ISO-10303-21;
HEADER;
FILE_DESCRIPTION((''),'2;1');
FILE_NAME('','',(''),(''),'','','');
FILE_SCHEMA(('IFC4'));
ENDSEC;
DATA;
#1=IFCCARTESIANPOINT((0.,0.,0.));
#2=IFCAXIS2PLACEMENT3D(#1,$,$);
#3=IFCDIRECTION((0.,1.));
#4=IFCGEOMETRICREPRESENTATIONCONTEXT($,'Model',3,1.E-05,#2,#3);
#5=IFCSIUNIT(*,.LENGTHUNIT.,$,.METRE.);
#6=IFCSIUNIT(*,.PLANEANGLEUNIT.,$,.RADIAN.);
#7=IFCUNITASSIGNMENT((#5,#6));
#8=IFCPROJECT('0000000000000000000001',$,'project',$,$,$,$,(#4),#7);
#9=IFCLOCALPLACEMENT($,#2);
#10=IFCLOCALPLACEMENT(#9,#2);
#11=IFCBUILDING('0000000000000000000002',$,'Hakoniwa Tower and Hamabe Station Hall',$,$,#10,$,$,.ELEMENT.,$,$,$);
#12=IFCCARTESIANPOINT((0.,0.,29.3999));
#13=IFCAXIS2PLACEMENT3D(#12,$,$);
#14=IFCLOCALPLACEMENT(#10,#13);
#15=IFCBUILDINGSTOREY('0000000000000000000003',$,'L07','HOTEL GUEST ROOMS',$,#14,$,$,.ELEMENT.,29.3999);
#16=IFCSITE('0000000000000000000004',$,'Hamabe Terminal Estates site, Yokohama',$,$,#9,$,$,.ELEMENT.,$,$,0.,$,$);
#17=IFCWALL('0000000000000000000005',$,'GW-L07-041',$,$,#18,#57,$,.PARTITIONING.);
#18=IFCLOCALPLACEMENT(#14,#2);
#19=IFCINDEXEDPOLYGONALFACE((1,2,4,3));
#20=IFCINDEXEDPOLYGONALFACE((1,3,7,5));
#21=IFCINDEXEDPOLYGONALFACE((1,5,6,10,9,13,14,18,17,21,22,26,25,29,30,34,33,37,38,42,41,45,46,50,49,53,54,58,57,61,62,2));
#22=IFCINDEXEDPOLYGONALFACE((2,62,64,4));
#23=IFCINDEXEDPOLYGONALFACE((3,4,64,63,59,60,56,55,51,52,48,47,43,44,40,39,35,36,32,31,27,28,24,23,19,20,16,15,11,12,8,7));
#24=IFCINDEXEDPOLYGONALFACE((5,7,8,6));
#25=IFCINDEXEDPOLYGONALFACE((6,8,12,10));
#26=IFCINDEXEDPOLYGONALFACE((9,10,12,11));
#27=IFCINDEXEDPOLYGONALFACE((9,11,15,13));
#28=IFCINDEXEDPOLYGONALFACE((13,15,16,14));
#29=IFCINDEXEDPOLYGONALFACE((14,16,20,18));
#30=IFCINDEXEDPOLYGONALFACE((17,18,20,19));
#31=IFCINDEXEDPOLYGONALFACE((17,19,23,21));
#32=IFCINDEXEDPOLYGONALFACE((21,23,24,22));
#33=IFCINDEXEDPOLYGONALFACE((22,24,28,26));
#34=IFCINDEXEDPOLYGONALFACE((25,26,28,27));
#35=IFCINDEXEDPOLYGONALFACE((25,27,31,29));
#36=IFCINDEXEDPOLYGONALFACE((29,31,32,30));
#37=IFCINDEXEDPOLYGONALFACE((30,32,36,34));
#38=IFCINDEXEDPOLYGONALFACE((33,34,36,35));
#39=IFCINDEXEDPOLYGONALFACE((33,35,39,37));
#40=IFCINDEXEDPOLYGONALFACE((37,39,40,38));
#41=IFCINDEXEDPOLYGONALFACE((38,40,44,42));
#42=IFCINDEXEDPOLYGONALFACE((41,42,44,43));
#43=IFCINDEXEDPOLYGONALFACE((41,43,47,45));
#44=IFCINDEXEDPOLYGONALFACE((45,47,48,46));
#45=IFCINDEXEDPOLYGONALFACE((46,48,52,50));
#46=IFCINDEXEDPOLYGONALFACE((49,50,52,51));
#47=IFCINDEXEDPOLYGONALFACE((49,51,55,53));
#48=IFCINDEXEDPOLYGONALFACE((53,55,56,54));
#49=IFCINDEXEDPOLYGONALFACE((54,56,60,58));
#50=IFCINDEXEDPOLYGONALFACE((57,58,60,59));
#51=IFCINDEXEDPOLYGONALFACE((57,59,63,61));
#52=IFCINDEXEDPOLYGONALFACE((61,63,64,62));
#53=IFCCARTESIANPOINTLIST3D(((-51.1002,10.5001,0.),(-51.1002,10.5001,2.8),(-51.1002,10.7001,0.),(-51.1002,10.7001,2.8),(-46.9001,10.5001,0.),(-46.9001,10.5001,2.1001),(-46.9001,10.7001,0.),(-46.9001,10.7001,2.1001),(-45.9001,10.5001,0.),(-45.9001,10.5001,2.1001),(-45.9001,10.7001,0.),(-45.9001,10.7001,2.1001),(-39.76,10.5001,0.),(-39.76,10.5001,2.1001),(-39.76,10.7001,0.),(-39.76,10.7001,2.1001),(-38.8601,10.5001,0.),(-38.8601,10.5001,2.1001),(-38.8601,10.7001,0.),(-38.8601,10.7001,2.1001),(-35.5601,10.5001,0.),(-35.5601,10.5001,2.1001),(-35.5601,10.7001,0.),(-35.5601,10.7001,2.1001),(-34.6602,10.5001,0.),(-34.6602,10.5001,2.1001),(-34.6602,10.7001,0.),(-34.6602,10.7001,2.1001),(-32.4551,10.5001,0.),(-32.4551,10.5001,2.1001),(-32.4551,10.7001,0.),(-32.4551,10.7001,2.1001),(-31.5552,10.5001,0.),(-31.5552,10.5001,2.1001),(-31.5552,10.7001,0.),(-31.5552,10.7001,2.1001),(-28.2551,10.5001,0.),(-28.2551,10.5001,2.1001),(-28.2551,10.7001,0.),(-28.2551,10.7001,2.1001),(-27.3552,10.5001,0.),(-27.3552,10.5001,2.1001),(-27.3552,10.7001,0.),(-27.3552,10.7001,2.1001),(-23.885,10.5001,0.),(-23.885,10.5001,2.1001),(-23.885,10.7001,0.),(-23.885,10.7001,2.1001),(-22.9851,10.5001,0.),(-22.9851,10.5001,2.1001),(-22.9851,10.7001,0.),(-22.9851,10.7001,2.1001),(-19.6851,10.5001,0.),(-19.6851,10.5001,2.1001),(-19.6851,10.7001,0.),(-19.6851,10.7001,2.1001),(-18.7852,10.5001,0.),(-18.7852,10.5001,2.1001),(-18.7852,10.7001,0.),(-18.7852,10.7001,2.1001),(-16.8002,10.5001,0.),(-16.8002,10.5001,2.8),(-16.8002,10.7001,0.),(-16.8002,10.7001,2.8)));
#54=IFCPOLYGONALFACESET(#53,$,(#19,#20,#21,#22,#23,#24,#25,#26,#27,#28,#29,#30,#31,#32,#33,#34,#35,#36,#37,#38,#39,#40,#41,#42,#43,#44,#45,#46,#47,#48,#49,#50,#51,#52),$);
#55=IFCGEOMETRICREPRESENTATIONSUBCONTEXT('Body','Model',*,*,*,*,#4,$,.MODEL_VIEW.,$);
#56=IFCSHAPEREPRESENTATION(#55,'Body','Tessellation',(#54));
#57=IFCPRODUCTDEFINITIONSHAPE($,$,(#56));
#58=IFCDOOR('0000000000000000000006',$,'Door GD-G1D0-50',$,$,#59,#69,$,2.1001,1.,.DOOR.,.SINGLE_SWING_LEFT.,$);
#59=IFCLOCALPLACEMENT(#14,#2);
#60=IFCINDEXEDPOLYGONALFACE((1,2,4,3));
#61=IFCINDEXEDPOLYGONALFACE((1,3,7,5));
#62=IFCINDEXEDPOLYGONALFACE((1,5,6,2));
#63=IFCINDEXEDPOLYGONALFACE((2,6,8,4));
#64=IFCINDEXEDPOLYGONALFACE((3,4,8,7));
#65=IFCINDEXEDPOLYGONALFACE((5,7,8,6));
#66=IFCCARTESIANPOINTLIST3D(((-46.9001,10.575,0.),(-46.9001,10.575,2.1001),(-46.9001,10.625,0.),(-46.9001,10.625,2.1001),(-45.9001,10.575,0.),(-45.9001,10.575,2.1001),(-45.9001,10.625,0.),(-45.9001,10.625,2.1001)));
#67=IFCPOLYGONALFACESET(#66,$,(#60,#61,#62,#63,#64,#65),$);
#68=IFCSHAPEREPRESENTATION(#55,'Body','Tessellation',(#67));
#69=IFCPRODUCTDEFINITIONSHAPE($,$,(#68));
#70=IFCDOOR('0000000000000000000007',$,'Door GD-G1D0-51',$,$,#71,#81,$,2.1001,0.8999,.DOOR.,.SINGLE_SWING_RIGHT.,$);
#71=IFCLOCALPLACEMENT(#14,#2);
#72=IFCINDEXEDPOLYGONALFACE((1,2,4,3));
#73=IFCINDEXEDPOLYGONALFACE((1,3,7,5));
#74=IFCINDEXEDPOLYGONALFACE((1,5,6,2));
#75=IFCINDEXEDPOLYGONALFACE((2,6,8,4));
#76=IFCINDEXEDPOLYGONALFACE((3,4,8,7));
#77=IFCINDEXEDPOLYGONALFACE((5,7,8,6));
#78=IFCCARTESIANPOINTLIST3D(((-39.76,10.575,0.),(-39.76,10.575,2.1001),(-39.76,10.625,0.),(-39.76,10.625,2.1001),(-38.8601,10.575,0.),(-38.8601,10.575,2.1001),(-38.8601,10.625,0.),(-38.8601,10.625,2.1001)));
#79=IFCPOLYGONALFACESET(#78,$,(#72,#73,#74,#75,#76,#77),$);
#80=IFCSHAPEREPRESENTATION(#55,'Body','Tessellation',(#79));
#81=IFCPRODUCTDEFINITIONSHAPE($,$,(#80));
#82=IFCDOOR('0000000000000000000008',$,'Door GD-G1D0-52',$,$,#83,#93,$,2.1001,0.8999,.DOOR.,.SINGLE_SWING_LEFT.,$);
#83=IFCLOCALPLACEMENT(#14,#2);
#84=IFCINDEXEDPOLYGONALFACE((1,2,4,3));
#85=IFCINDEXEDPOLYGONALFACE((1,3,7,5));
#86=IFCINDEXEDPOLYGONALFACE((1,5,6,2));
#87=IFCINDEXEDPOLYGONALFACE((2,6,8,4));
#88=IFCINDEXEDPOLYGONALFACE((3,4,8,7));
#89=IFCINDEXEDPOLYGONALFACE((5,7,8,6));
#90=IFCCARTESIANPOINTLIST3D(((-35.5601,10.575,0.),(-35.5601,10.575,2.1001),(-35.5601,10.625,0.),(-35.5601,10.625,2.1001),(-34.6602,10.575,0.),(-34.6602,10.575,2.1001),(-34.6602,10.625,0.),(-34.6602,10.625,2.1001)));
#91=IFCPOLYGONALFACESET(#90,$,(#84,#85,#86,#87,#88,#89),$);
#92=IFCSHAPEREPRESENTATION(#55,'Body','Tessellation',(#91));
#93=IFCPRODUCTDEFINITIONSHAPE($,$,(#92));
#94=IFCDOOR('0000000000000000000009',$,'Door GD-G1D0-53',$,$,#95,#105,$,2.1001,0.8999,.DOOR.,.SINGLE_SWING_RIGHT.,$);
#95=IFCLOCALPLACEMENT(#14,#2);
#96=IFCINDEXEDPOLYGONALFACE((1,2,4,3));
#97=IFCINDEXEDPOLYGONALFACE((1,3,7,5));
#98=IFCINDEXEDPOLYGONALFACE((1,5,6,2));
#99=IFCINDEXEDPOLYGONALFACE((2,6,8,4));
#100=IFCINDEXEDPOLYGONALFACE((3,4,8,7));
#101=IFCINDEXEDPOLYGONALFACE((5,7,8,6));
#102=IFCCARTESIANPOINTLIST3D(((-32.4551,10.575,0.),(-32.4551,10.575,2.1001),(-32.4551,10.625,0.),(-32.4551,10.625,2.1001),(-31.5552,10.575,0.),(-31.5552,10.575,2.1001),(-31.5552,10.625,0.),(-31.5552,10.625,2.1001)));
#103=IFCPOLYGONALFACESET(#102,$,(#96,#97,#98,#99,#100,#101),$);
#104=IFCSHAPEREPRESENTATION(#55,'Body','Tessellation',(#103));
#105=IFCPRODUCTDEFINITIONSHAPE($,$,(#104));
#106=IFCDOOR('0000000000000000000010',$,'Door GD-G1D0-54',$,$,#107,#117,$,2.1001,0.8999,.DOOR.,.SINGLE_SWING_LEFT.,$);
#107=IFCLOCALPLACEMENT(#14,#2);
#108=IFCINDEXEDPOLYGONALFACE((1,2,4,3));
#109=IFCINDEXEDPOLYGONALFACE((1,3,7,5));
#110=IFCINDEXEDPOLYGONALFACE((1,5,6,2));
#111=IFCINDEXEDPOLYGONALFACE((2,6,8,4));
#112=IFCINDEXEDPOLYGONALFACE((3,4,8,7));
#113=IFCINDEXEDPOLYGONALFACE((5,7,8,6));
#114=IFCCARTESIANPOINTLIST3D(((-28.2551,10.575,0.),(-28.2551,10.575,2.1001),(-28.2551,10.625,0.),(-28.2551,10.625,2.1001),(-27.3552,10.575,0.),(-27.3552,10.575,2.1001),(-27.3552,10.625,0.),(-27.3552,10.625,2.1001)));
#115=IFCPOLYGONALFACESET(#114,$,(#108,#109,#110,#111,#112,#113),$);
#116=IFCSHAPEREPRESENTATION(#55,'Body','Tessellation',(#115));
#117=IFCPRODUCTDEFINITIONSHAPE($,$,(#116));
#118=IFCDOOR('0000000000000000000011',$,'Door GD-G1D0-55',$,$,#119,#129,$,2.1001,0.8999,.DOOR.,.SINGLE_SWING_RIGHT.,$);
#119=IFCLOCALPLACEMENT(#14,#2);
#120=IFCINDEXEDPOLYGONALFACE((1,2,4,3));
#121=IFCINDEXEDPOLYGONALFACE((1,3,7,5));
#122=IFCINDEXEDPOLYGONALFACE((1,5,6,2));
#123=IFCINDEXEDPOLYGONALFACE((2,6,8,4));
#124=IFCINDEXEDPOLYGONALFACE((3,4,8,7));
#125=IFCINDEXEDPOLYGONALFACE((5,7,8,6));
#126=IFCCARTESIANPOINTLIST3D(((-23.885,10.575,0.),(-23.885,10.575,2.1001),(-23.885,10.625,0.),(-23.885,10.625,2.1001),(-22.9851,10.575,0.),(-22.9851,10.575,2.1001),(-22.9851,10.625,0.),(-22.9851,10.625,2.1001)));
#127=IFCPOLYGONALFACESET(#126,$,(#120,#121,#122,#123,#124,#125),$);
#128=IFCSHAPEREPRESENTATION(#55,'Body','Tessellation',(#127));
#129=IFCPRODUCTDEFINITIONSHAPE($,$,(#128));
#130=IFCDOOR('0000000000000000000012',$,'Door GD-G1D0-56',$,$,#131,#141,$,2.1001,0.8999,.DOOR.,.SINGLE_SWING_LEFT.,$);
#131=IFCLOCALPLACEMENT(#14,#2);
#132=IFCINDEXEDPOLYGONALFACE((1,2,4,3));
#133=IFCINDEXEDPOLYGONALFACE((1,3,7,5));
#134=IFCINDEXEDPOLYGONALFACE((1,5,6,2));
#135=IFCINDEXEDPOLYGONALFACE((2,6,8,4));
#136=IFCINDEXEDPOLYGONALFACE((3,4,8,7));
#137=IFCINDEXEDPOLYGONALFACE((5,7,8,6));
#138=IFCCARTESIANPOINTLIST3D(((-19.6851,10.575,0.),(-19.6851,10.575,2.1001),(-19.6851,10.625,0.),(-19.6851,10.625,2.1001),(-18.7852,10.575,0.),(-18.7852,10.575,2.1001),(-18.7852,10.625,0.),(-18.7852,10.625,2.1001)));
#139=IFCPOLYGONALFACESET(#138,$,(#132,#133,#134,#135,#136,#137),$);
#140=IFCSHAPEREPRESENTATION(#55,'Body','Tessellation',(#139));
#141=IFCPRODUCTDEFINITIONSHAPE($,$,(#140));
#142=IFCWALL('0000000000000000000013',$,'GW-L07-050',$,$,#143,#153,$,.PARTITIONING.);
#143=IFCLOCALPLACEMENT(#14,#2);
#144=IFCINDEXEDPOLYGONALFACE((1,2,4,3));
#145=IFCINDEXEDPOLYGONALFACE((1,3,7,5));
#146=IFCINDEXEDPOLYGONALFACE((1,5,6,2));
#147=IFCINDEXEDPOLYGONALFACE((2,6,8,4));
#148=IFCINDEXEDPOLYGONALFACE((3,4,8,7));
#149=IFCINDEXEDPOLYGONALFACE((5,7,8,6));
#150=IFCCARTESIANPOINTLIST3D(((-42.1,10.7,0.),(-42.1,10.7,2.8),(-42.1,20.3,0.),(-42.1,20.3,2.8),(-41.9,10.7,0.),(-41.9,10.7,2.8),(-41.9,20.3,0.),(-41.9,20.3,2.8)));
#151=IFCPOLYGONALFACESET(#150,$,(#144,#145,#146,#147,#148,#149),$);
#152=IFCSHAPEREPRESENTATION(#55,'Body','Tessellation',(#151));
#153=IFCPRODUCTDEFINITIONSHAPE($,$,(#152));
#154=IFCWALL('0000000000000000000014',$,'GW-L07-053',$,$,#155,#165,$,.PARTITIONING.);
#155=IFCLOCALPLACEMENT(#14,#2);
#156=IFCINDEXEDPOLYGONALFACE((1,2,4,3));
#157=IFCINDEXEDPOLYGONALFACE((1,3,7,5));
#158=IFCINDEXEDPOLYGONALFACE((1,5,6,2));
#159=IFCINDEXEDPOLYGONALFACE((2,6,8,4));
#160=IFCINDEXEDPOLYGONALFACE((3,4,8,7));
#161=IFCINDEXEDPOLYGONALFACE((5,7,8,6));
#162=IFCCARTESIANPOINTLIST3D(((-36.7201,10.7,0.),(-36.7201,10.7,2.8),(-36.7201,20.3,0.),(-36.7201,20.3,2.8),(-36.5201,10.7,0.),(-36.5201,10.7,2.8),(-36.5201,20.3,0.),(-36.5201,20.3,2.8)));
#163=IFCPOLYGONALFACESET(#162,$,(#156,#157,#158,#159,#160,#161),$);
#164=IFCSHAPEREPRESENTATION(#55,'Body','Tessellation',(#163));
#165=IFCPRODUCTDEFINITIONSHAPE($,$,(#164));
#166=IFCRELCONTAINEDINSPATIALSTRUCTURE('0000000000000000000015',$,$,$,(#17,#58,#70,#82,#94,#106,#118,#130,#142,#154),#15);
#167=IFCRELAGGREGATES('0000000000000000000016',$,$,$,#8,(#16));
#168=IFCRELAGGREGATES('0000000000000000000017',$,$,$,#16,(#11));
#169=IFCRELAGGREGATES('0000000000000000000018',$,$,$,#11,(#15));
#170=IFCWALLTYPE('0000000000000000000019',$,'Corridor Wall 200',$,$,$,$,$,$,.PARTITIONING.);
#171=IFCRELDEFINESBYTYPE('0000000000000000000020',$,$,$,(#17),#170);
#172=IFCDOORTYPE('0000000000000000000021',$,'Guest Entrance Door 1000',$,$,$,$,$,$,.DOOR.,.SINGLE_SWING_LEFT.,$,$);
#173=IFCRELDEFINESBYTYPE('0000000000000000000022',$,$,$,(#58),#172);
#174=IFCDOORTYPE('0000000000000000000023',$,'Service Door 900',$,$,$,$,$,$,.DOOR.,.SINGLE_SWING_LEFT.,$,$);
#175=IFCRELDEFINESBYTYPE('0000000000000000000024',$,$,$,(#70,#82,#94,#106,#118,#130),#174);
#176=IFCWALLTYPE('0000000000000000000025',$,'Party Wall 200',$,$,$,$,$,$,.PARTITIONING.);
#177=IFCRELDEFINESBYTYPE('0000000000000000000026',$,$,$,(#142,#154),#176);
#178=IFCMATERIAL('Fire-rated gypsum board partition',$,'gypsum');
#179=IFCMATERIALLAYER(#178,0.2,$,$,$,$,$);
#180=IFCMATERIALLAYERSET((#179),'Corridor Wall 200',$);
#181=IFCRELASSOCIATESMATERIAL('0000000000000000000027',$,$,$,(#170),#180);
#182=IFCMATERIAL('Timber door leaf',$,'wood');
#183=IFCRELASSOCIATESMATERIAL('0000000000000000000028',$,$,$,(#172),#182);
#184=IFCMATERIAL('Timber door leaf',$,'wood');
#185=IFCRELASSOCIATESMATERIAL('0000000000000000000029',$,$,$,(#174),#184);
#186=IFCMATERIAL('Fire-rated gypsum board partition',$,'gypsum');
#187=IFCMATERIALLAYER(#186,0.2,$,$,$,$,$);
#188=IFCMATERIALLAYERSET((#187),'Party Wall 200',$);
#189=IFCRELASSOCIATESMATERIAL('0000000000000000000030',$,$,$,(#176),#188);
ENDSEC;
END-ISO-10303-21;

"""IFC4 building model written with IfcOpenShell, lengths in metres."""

from ifc_helpers import new_model, si_unit, direction, frame, frame_2d, origin, place, context, subcontext, project, spatial, rectangle, extrude, material, layer, layer_set, type_object, element, fill, save


model = new_model("IFC4")

# Units and contexts
model_context = context("Model", 3, precision=1e-05, world=origin(), true_north=direction((0.0, 1.0)))
body_context = subcontext(model_context, "Body", "Model", "MODEL_VIEW")
ifc_project = project(units=[si_unit("LENGTHUNIT", "METRE"), si_unit("PLANEANGLEUNIT", "RADIAN")], contexts=[model_context])

# Site, building, storey
site_placement = place(None, origin())
site = spatial("IfcSite", under=ifc_project, at=site_placement, Name="Hamabe Terminal Estates site, Yokohama", CompositionType="ELEMENT", RefElevation=0.0)
building_placement = place(site_placement, origin())
building = spatial("IfcBuilding", under=site, at=building_placement, Name="Hakoniwa Tower and Hamabe Station Hall", CompositionType="ELEMENT")
storey_placement = place(building_placement, frame((0.0, 0.0, 29.3999)))
storey = spatial("IfcBuildingStorey", under=building, at=storey_placement, Name="L07", Description="HOTEL GUEST ROOMS", CompositionType="ELEMENT", Elevation=29.3999)

# Shared definitions
ifc_material_1 = material(Name="Fire-rated gypsum board partition", Category="gypsum")
ifc_layer_1 = layer(ifc_material_1, 0.2)
ifc_layer_set_1 = layer_set([ifc_layer_1], Name="Corridor Wall 200")
wall_type_1 = type_object("IfcWallType", Name="Corridor Wall 200", PredefinedType="PARTITIONING", material=ifc_layer_set_1)

# Wall, openings, doors
wall_1_placement = place(storey_placement, frame((-51.1001, 10.6001, 0.0), z_axis=(0.0, 0.0, 1.0), x_axis=(1.0, 0.0, 0.0)))
wall_1 = element("IfcWall", 1, at=wall_1_placement, inside=storey, type_object=wall_type_1, Name="GW-L07-041", PredefinedType="PARTITIONING", context=body_context, shape_type="SweptSolid", body=[
    extrude(rectangle(XDim=34.3, YDim=0.2, at=frame_2d((17.1499, 0.0))), origin(), (0.0, 0.0, 1.0), 2.8),
])
opening_1_placement = place(wall_1_placement, frame((4.2, 0.0, 0.0)))
opening_1 = element("IfcOpeningElement", 2, at=opening_1_placement, cuts=wall_1, PredefinedType="OPENING", context=body_context, shape_type="SweptSolid", body=[
    extrude(rectangle(XDim=1.0, YDim=2.1001, at=frame_2d((0.5, 1.05))), frame((0.0, 0.1099, 0.0), z_axis=(0.0, -1.0, 0.0), x_axis=(1.0, 0.0, 0.0)), (0.0, 0.0, 1.0), 0.22),
])
opening_2_placement = place(wall_1_placement, frame((11.3401, 0.0, 0.0)))
opening_2 = element("IfcOpeningElement", 3, at=opening_2_placement, cuts=wall_1, PredefinedType="OPENING", context=body_context, shape_type="SweptSolid", body=[
    extrude(rectangle(XDim=0.8999, YDim=2.1001, at=frame_2d((0.45, 1.05))), frame((0.0, 0.1099, 0.0), z_axis=(0.0, -1.0, 0.0), x_axis=(1.0, 0.0, 0.0)), (0.0, 0.0, 1.0), 0.22),
])
opening_3_placement = place(wall_1_placement, frame((15.54, 0.0, 0.0)))
opening_3 = element("IfcOpeningElement", 4, at=opening_3_placement, cuts=wall_1, PredefinedType="OPENING", context=body_context, shape_type="SweptSolid", body=[
    extrude(rectangle(XDim=0.8999, YDim=2.1001, at=frame_2d((0.45, 1.05))), frame((0.0, 0.1099, 0.0), z_axis=(0.0, -1.0, 0.0), x_axis=(1.0, 0.0, 0.0)), (0.0, 0.0, 1.0), 0.22),
])
opening_4_placement = place(wall_1_placement, frame((18.645, 0.0, 0.0)))
opening_4 = element("IfcOpeningElement", 5, at=opening_4_placement, cuts=wall_1, PredefinedType="OPENING", context=body_context, shape_type="SweptSolid", body=[
    extrude(rectangle(XDim=0.8999, YDim=2.1001, at=frame_2d((0.45, 1.05))), frame((0.0, 0.1099, 0.0), z_axis=(0.0, -1.0, 0.0), x_axis=(1.0, 0.0, 0.0)), (0.0, 0.0, 1.0), 0.22),
])
opening_5_placement = place(wall_1_placement, frame((22.845, 0.0, 0.0)))
opening_5 = element("IfcOpeningElement", 6, at=opening_5_placement, cuts=wall_1, PredefinedType="OPENING", context=body_context, shape_type="SweptSolid", body=[
    extrude(rectangle(XDim=0.8999, YDim=2.1001, at=frame_2d((0.45, 1.05))), frame((0.0, 0.1099, 0.0), z_axis=(0.0, -1.0, 0.0), x_axis=(1.0, 0.0, 0.0)), (0.0, 0.0, 1.0), 0.22),
])
opening_6_placement = place(wall_1_placement, frame((27.2151, 0.0, 0.0)))
opening_6 = element("IfcOpeningElement", 7, at=opening_6_placement, cuts=wall_1, PredefinedType="OPENING", context=body_context, shape_type="SweptSolid", body=[
    extrude(rectangle(XDim=0.8999, YDim=2.1001, at=frame_2d((0.45, 1.05))), frame((0.0, 0.1099, 0.0), z_axis=(0.0, -1.0, 0.0), x_axis=(1.0, 0.0, 0.0)), (0.0, 0.0, 1.0), 0.22),
])
opening_7_placement = place(wall_1_placement, frame((31.415, 0.0, 0.0)))
opening_7 = element("IfcOpeningElement", 8, at=opening_7_placement, cuts=wall_1, PredefinedType="OPENING", context=body_context, shape_type="SweptSolid", body=[
    extrude(rectangle(XDim=0.8999, YDim=2.1001, at=frame_2d((0.45, 1.05))), frame((0.0, 0.1099, 0.0), z_axis=(0.0, -1.0, 0.0), x_axis=(1.0, 0.0, 0.0)), (0.0, 0.0, 1.0), 0.22),
])
ifc_material_2 = material(Name="Timber door leaf", Category="wood")
door_type_1 = type_object("IfcDoorType", Name="Guest Entrance Door 1000", OperationType="SINGLE_SWING_LEFT", PredefinedType="DOOR", material=ifc_material_2)
door_1_placement = place(opening_1_placement, origin())
door_1 = element("IfcDoor", 9, at=door_1_placement, inside=storey, type_object=door_type_1, Name="Door GD-G1D0-50", OperationType="SINGLE_SWING_LEFT", OverallHeight=2.1001, OverallWidth=1.0, PredefinedType="DOOR", context=body_context, shape_type="SweptSolid", body=[
    extrude(rectangle(XDim=1.0, YDim=2.1001, at=frame_2d((0.5, 1.05))), frame((0.0, 0.0249, 0.0), z_axis=(0.0, -1.0, 0.0), x_axis=(1.0, 0.0, 0.0)), (0.0, 0.0, 1.0), 0.05),
])
fill(opening_1, door_1)
ifc_material_3 = material(Name="Timber door leaf", Category="wood")
door_type_2 = type_object("IfcDoorType", Name="Service Door 900", OperationType="SINGLE_SWING_LEFT", PredefinedType="DOOR", material=ifc_material_3)
door_2_placement = place(opening_2_placement, origin())
door_2 = element("IfcDoor", 10, at=door_2_placement, inside=storey, type_object=door_type_2, Name="Door GD-G1D0-51", OperationType="SINGLE_SWING_RIGHT", OverallHeight=2.1001, OverallWidth=0.8999, PredefinedType="DOOR", context=body_context, shape_type="SweptSolid", body=[
    extrude(rectangle(XDim=0.8999, YDim=2.1001, at=frame_2d((0.45, 1.05))), frame((0.0, 0.0249, 0.0), z_axis=(0.0, -1.0, 0.0), x_axis=(1.0, 0.0, 0.0)), (0.0, 0.0, 1.0), 0.05),
])
fill(opening_2, door_2)
door_3_placement = place(opening_3_placement, origin())
door_3 = element("IfcDoor", 11, at=door_3_placement, inside=storey, type_object=door_type_2, Name="Door GD-G1D0-52", OperationType="SINGLE_SWING_LEFT", OverallHeight=2.1001, OverallWidth=0.8999, PredefinedType="DOOR", context=body_context, shape_type="SweptSolid", body=[
    extrude(rectangle(XDim=0.8999, YDim=2.1001, at=frame_2d((0.45, 1.05))), frame((0.0, 0.0249, 0.0), z_axis=(0.0, -1.0, 0.0), x_axis=(1.0, 0.0, 0.0)), (0.0, 0.0, 1.0), 0.05),
])
fill(opening_3, door_3)
door_4_placement = place(opening_4_placement, origin())
door_4 = element("IfcDoor", 12, at=door_4_placement, inside=storey, type_object=door_type_2, Name="Door GD-G1D0-53", OperationType="SINGLE_SWING_RIGHT", OverallHeight=2.1001, OverallWidth=0.8999, PredefinedType="DOOR", context=body_context, shape_type="SweptSolid", body=[
    extrude(rectangle(XDim=0.8999, YDim=2.1001, at=frame_2d((0.45, 1.05))), frame((0.0, 0.0249, 0.0), z_axis=(0.0, -1.0, 0.0), x_axis=(1.0, 0.0, 0.0)), (0.0, 0.0, 1.0), 0.05),
])
fill(opening_4, door_4)
door_5_placement = place(opening_5_placement, origin())
door_5 = element("IfcDoor", 13, at=door_5_placement, inside=storey, type_object=door_type_2, Name="Door GD-G1D0-54", OperationType="SINGLE_SWING_LEFT", OverallHeight=2.1001, OverallWidth=0.8999, PredefinedType="DOOR", context=body_context, shape_type="SweptSolid", body=[
    extrude(rectangle(XDim=0.8999, YDim=2.1001, at=frame_2d((0.45, 1.05))), frame((0.0, 0.0249, 0.0), z_axis=(0.0, -1.0, 0.0), x_axis=(1.0, 0.0, 0.0)), (0.0, 0.0, 1.0), 0.05),
])
fill(opening_5, door_5)
door_6_placement = place(opening_6_placement, origin())
door_6 = element("IfcDoor", 14, at=door_6_placement, inside=storey, type_object=door_type_2, Name="Door GD-G1D0-55", OperationType="SINGLE_SWING_RIGHT", OverallHeight=2.1001, OverallWidth=0.8999, PredefinedType="DOOR", context=body_context, shape_type="SweptSolid", body=[
    extrude(rectangle(XDim=0.8999, YDim=2.1001, at=frame_2d((0.45, 1.05))), frame((0.0, 0.0249, 0.0), z_axis=(0.0, -1.0, 0.0), x_axis=(1.0, 0.0, 0.0)), (0.0, 0.0, 1.0), 0.05),
])
fill(opening_6, door_6)
door_7_placement = place(opening_7_placement, origin())
door_7 = element("IfcDoor", 15, at=door_7_placement, inside=storey, type_object=door_type_2, Name="Door GD-G1D0-56", OperationType="SINGLE_SWING_LEFT", OverallHeight=2.1001, OverallWidth=0.8999, PredefinedType="DOOR", context=body_context, shape_type="SweptSolid", body=[
    extrude(rectangle(XDim=0.8999, YDim=2.1001, at=frame_2d((0.45, 1.05))), frame((0.0, 0.0249, 0.0), z_axis=(0.0, -1.0, 0.0), x_axis=(1.0, 0.0, 0.0)), (0.0, 0.0, 1.0), 0.05),
])
fill(opening_7, door_7)

# Walls
ifc_material_4 = material(Name="Fire-rated gypsum board partition", Category="gypsum")
ifc_layer_2 = layer(ifc_material_4, 0.2)
ifc_layer_set_2 = layer_set([ifc_layer_2], Name="Party Wall 200")
wall_type_2 = type_object("IfcWallType", Name="Party Wall 200", PredefinedType="PARTITIONING", material=ifc_layer_set_2)
for number, where, z_axis, x_axis, name in (
    (16, (-42.0, 10.7, 0.0), (0.0, 0.0, 1.0), (0.0, 1.0, 0.0), "GW-L07-050"),
    (17, (-36.6201, 10.7, 0.0), (0.0, 0.0, 1.0), (0.0, 1.0, 0.0), "GW-L07-053"),
):
    element("IfcWall", number, at=place(storey_placement, frame(where, z_axis=z_axis, x_axis=x_axis)), inside=storey, type_object=wall_type_2, Name=name, PredefinedType="PARTITIONING", context=body_context, shape_type="SweptSolid", body=[
        extrude(rectangle(XDim=9.6001, YDim=0.2, at=frame_2d((4.8, 0.0))), origin(), (0.0, 0.0, 1.0), 2.8),
    ])

save(model, "model.ifc")
